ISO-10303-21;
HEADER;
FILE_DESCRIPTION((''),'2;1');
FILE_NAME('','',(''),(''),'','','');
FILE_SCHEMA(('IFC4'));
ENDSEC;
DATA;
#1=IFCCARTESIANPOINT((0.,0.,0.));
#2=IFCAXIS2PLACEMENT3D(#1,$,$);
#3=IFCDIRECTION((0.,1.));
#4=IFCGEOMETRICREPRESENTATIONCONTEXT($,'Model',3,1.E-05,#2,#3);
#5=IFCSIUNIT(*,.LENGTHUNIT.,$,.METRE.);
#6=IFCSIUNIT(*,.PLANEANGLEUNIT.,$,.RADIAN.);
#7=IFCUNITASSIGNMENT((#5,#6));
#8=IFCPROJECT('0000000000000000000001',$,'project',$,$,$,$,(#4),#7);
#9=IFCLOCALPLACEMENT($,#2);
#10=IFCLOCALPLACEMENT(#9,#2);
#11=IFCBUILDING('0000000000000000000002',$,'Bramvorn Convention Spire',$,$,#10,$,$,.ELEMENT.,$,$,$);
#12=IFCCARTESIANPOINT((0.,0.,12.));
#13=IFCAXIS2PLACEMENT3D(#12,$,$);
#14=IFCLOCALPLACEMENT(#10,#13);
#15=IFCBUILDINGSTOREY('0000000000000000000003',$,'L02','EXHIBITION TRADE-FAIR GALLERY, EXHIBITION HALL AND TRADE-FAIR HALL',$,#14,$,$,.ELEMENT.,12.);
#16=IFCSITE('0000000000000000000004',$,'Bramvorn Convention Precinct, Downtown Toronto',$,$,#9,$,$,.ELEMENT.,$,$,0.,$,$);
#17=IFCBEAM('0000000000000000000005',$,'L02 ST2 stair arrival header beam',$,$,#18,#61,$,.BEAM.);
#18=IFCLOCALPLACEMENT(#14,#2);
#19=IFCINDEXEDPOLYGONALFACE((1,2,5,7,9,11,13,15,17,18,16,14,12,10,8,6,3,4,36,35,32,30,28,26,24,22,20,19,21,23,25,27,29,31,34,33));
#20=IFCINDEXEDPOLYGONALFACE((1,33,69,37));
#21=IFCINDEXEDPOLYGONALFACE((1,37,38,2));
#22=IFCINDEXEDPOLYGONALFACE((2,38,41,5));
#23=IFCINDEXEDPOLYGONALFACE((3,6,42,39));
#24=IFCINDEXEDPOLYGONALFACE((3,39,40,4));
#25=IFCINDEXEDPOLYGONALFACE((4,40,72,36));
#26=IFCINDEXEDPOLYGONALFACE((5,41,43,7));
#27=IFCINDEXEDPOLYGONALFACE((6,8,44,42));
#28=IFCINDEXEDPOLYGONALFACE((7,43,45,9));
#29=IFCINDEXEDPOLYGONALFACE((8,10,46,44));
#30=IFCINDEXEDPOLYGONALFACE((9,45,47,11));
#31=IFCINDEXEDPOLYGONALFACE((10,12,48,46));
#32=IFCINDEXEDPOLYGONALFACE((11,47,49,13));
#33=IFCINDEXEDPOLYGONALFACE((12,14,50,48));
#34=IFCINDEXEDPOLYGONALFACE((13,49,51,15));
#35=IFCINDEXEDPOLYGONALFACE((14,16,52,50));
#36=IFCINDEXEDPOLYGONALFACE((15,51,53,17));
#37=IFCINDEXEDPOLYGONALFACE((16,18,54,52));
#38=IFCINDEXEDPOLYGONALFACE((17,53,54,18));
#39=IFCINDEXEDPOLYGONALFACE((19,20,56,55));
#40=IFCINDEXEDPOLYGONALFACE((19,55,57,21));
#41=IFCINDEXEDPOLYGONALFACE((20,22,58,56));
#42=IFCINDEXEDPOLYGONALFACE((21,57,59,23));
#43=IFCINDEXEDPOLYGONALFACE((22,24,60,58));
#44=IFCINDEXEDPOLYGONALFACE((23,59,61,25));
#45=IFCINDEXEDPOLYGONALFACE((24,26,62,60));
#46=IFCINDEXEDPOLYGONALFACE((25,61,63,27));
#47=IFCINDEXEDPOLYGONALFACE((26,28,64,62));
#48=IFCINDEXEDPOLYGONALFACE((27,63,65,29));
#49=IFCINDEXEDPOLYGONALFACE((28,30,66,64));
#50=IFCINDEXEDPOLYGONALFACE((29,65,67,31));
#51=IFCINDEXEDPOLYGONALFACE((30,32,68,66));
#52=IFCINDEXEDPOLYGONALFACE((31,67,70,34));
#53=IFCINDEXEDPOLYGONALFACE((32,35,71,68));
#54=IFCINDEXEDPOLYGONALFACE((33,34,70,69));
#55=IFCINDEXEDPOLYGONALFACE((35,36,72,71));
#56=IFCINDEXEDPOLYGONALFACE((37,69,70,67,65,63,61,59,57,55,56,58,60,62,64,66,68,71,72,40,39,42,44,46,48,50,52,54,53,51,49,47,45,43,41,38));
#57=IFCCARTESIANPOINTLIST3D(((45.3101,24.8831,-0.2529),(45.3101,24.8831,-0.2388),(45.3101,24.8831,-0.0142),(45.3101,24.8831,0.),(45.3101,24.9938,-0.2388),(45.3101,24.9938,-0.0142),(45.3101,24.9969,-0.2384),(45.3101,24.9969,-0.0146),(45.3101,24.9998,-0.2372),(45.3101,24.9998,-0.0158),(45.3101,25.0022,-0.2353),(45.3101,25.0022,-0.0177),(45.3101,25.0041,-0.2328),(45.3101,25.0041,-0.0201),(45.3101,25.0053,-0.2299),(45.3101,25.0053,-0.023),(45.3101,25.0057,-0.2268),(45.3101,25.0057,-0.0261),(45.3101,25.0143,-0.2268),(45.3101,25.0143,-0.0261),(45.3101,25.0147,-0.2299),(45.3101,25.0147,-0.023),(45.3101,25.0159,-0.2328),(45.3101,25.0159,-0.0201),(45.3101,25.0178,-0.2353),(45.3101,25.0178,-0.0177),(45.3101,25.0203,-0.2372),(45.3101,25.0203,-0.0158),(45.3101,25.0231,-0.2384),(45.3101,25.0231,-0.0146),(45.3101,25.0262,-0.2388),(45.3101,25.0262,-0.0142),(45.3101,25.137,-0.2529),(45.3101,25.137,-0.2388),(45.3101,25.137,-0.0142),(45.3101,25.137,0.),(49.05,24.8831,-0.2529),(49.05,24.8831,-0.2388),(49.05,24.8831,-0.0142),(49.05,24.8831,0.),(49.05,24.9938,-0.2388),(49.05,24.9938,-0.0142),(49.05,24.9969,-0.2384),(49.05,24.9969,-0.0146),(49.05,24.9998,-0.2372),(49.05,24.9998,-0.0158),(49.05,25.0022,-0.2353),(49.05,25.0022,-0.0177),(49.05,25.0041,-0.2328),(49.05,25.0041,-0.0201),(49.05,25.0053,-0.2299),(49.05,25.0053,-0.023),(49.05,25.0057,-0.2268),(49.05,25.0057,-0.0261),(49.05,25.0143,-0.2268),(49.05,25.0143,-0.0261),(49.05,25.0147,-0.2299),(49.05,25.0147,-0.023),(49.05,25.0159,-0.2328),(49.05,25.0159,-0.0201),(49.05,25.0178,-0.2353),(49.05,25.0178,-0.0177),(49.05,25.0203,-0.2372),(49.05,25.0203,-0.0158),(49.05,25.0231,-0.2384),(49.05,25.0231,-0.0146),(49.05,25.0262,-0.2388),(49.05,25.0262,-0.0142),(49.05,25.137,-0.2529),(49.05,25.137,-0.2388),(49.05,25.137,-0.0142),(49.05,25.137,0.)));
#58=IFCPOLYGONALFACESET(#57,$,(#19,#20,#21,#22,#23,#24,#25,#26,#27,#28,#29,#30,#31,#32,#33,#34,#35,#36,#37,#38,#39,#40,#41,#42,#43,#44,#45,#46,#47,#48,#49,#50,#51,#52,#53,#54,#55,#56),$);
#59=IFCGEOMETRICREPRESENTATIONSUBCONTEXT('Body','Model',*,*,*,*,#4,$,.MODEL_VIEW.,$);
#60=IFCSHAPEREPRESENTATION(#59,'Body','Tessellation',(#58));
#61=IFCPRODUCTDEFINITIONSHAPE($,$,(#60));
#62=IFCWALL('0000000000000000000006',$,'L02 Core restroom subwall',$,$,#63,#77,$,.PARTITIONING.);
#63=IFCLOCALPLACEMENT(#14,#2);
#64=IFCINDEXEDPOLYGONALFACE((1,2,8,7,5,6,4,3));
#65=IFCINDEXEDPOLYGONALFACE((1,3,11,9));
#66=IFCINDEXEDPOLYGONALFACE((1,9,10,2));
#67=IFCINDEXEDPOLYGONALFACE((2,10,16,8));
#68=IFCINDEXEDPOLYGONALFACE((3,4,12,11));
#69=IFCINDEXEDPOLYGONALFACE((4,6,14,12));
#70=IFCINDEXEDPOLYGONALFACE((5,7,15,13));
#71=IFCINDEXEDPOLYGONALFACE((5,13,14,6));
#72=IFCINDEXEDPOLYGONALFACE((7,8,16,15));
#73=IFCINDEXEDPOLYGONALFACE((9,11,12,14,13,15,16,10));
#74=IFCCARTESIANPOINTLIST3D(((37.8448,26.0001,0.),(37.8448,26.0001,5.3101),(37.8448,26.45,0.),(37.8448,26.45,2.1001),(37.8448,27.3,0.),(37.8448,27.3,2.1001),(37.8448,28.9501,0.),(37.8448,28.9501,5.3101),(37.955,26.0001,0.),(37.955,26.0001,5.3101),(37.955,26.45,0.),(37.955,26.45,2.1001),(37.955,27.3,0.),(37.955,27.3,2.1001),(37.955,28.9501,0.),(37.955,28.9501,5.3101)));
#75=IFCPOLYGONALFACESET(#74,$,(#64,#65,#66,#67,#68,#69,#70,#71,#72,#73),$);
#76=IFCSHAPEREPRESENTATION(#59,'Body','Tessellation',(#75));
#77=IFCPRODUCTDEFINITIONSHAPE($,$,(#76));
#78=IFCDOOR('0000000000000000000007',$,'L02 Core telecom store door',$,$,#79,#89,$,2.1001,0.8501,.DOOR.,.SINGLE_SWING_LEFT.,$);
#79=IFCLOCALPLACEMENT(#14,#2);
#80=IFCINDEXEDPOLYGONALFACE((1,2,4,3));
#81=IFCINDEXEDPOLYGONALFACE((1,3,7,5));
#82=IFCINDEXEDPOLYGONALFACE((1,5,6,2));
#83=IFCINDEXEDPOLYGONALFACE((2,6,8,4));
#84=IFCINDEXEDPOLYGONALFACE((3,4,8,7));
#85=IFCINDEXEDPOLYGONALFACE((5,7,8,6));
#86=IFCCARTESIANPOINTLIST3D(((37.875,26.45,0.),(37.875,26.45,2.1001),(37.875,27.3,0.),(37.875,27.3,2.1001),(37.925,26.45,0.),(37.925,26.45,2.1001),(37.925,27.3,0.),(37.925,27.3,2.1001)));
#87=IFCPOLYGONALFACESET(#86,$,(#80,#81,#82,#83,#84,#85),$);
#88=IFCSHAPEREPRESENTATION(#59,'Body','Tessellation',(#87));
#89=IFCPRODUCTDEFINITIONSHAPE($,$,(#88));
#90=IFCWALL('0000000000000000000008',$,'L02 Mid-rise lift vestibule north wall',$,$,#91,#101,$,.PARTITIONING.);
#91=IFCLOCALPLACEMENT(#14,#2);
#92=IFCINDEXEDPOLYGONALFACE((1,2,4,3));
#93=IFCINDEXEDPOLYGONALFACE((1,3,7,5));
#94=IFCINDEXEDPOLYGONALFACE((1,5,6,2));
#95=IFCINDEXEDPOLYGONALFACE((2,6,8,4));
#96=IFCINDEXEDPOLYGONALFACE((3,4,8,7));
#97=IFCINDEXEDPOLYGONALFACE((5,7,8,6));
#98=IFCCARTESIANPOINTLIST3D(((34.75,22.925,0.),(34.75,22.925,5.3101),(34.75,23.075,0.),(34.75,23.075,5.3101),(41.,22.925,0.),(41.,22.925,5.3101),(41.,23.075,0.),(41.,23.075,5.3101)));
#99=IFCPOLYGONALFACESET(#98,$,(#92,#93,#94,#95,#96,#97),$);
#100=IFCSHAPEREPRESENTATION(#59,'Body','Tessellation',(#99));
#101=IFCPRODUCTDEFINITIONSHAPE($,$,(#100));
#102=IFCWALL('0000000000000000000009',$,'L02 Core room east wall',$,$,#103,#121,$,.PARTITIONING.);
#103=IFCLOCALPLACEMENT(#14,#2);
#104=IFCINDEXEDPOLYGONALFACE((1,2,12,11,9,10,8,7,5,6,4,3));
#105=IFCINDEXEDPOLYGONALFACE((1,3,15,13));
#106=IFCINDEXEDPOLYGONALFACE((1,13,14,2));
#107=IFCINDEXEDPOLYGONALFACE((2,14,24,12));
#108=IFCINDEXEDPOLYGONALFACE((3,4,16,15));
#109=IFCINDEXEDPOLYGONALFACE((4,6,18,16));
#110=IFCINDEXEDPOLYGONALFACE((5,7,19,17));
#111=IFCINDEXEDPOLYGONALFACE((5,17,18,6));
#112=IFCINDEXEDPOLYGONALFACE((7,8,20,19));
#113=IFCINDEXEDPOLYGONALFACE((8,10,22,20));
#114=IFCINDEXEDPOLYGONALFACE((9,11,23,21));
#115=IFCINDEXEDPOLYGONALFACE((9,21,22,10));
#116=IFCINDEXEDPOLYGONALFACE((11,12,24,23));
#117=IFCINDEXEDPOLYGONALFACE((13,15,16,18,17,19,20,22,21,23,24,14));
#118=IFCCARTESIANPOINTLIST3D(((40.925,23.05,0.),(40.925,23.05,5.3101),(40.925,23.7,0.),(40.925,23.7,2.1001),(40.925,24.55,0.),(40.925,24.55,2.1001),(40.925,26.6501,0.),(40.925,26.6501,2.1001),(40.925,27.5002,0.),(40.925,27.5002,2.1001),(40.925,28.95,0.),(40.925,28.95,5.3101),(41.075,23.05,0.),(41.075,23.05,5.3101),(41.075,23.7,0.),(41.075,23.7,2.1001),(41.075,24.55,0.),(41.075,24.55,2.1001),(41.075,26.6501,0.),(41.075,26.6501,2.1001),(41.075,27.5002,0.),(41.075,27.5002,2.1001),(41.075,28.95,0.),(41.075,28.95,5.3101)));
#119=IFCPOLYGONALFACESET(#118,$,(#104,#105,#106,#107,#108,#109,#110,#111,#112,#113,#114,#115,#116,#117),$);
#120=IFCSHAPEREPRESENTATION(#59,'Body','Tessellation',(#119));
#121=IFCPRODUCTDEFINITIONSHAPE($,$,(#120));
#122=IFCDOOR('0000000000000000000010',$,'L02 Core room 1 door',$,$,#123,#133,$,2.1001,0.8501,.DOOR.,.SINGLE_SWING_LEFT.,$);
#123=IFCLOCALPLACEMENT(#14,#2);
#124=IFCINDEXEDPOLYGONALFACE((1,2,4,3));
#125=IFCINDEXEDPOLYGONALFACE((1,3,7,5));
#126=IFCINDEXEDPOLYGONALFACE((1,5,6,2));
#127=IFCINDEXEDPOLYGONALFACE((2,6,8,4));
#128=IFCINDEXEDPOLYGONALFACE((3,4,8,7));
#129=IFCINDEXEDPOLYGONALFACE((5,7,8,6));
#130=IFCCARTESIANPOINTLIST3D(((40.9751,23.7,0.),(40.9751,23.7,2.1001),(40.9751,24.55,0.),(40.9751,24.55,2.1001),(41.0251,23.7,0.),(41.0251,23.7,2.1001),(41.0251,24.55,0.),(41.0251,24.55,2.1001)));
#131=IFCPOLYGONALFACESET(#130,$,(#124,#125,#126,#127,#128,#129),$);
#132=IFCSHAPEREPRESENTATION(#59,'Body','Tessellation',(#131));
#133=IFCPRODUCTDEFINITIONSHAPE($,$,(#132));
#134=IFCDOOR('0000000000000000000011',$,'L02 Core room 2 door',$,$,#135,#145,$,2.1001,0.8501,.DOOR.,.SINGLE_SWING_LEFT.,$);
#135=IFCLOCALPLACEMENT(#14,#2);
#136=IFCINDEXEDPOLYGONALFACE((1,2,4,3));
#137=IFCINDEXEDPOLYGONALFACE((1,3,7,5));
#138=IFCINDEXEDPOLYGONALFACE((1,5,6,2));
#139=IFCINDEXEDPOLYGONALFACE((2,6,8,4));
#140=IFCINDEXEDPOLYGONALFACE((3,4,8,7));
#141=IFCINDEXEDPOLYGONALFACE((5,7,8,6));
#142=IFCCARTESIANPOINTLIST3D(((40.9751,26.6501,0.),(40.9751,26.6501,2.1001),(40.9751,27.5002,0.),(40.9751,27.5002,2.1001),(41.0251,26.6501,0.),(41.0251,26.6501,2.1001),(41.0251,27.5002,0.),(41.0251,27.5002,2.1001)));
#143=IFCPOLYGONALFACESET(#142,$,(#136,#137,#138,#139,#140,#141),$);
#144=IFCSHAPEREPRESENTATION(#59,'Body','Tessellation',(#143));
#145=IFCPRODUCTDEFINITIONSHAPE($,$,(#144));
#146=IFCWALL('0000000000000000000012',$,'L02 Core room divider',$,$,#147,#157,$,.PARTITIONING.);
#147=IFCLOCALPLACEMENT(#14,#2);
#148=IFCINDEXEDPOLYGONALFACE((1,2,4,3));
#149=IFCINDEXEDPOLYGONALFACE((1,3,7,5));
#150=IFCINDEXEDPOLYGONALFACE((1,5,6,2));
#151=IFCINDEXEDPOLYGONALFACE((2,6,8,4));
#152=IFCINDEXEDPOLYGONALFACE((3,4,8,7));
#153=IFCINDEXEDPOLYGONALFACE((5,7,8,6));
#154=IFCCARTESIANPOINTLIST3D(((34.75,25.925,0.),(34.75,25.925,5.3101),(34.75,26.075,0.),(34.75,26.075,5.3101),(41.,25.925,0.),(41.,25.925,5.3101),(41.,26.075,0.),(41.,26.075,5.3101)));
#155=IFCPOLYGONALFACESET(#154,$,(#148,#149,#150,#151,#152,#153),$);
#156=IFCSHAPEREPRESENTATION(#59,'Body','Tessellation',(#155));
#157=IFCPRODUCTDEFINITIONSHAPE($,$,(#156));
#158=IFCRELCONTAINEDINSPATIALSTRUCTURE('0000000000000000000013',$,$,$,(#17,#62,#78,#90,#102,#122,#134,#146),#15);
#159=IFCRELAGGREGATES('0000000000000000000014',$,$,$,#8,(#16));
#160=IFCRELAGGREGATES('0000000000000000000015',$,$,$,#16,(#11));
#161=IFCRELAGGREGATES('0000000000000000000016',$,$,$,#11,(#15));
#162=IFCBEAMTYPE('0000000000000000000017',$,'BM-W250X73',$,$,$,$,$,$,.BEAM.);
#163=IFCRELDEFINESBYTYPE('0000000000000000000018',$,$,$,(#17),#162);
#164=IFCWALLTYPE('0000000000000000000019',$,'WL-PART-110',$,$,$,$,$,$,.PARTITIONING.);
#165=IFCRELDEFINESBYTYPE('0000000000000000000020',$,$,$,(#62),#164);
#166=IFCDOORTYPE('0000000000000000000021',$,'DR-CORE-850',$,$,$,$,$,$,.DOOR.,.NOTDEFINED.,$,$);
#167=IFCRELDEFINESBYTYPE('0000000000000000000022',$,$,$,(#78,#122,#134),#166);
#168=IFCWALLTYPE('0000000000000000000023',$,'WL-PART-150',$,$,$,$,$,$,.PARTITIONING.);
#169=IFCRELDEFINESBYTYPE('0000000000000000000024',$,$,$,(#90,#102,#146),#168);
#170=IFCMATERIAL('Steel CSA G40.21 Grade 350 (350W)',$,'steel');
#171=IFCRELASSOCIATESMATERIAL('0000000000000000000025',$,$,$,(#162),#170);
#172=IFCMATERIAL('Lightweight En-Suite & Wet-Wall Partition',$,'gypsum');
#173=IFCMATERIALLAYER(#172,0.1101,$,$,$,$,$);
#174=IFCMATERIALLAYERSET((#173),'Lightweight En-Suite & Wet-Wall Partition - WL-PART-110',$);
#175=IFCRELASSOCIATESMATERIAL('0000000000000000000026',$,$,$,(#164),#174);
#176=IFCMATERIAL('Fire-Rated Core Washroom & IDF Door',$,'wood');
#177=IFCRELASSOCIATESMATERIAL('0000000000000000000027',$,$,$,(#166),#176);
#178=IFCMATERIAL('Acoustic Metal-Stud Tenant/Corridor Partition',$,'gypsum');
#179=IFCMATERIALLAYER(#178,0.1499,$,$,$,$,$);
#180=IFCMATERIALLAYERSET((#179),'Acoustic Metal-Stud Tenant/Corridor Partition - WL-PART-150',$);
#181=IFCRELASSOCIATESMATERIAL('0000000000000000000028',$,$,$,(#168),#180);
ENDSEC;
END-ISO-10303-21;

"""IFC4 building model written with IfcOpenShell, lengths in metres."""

from ifc_helpers import new_model, si_unit, direction, frame, frame_2d, origin, origin_2d, place, context, subcontext, project, spatial, rectangle, i_section, extrude, material, layer, layer_set, material_profile, profile_set, type_object, element, fill, save


model = new_model("IFC4")

# Units and contexts
model_context = context("Model", 3, precision=1e-05, world=origin(), true_north=direction((0.0, 1.0)))
body_context = subcontext(model_context, "Body", "Model", "MODEL_VIEW")
ifc_project = project(units=[si_unit("LENGTHUNIT", "METRE"), si_unit("PLANEANGLEUNIT", "RADIAN")], contexts=[model_context])

# Site, building, storey
site_placement = place(None, origin())
site = spatial("IfcSite", under=ifc_project, at=site_placement, Name="Bramvorn Convention Precinct, Downtown Toronto", CompositionType="ELEMENT", RefElevation=0.0)
building_placement = place(site_placement, origin())
building = spatial("IfcBuilding", under=site, at=building_placement, Name="Bramvorn Convention Spire", CompositionType="ELEMENT")
storey_placement = place(building_placement, frame((0.0, 0.0, 12.0)))
storey = spatial("IfcBuildingStorey", under=building, at=storey_placement, Name="L02", Description="EXHIBITION TRADE-FAIR GALLERY, EXHIBITION HALL AND TRADE-FAIR HALL", CompositionType="ELEMENT", Elevation=12.0)

# Beam
ifc_material_1 = material(Name="Steel CSA G40.21 Grade 350 (350W)", Category="steel")
ifc_material_profile = material_profile(ifc_material_1, i_section(OverallWidth=0.2539, OverallDepth=0.2529, WebThickness=0.0085, FlangeThickness=0.0142, FilletRadius=0.012, at=origin_2d()))
ifc_profile_set = profile_set([ifc_material_profile], Name="Steel CSA G40.21 Grade 350 (350W) - W250X73")
beam_type = type_object("IfcBeamType", Name="BM-W250X73", PredefinedType="BEAM", material=ifc_profile_set)
beam_placement = place(storey_placement, frame((45.3101, 25.01, -0.1265), z_axis=(1.0, 0.0, 0.0), x_axis=(0.0, 1.0, 0.0)))
element("IfcBeam", 1, at=beam_placement, inside=storey, type_object=beam_type, Name="L02 ST2 stair arrival header beam", PredefinedType="BEAM", context=body_context, shape_type="SweptSolid", body=[
    extrude(i_section(OverallWidth=0.2539, OverallDepth=0.2529, WebThickness=0.0085, FlangeThickness=0.0142, FilletRadius=0.012, at=origin_2d()), origin(), (0.0, 0.0, 1.0), 3.74),
])

# Wall, opening, door
ifc_material_2 = material(Name="Lightweight En-Suite & Wet-Wall Partition", Category="gypsum")
ifc_layer_1 = layer(ifc_material_2, 0.1101)
ifc_layer_set_1 = layer_set([ifc_layer_1], Name="Lightweight En-Suite & Wet-Wall Partition - WL-PART-110")
wall_type_1 = type_object("IfcWallType", Name="WL-PART-110", PredefinedType="PARTITIONING", material=ifc_layer_set_1)
wall_1_placement = place(storey_placement, frame((37.8999, 26.0, 0.0), z_axis=(0.0, 0.0, 1.0), x_axis=(0.0, 1.0, 0.0)))
wall_1 = element("IfcWall", 2, at=wall_1_placement, inside=storey, type_object=wall_type_1, Name="L02 Core restroom subwall", PredefinedType="PARTITIONING", context=body_context, shape_type="SweptSolid", body=[
    extrude(rectangle(XDim=2.95, YDim=0.1101, at=frame_2d((1.4751, 0.0))), origin(), (0.0, 0.0, 1.0), 5.3101),
])
opening_1_placement = place(wall_1_placement, frame((0.45, 0.0, 0.0)))
opening_1 = element("IfcOpeningElement", 3, at=opening_1_placement, cuts=wall_1, PredefinedType="OPENING", context=body_context, shape_type="SweptSolid", body=[
    extrude(rectangle(XDim=0.8501, YDim=2.1001, at=frame_2d((0.425, 1.05))), frame((0.0, 0.0649, 0.0), z_axis=(0.0, -1.0, 0.0), x_axis=(1.0, 0.0, 0.0)), (0.0, 0.0, 1.0), 0.1301),
])
ifc_material_3 = material(Name="Fire-Rated Core Washroom & IDF Door", Category="wood")
door_type = type_object("IfcDoorType", Name="DR-CORE-850", OperationType="NOTDEFINED", PredefinedType="DOOR", material=ifc_material_3)
door_1_placement = place(opening_1_placement, origin())
door_1 = element("IfcDoor", 4, at=door_1_placement, inside=storey, type_object=door_type, Name="L02 Core telecom store door", OperationType="SINGLE_SWING_LEFT", OverallHeight=2.1001, OverallWidth=0.8501, PredefinedType="DOOR", context=body_context, shape_type="SweptSolid", body=[
    extrude(rectangle(XDim=0.8501, YDim=2.1001, at=frame_2d((0.425, 1.05))), frame((0.0, 0.0249, 0.0), z_axis=(0.0, -1.0, 0.0), x_axis=(1.0, 0.0, 0.0)), (0.0, 0.0, 1.0), 0.05),
])
fill(opening_1, door_1)

# Wall
ifc_material_4 = material(Name="Acoustic Metal-Stud Tenant/Corridor Partition", Category="gypsum")
ifc_layer_2 = layer(ifc_material_4, 0.1499)
ifc_layer_set_2 = layer_set([ifc_layer_2], Name="Acoustic Metal-Stud Tenant/Corridor Partition - WL-PART-150")
wall_type_2 = type_object("IfcWallType", Name="WL-PART-150", PredefinedType="PARTITIONING", material=ifc_layer_set_2)
wall_2_placement = place(storey_placement, frame((34.75, 23.0, 0.0), z_axis=(0.0, 0.0, 1.0), x_axis=(1.0, 0.0, 0.0)))
element("IfcWall", 5, at=wall_2_placement, inside=storey, type_object=wall_type_2, Name="L02 Mid-rise lift vestibule north wall", PredefinedType="PARTITIONING", context=body_context, shape_type="SweptSolid", body=[
    extrude(rectangle(XDim=6.25, YDim=0.1499, at=frame_2d((3.125, 0.0))), origin(), (0.0, 0.0, 1.0), 5.3101),
])

# Wall, openings, doors
wall_3_placement = place(storey_placement, frame((41.0, 23.05, 0.0), z_axis=(0.0, 0.0, 1.0), x_axis=(0.0, 1.0, 0.0)))
wall_3 = element("IfcWall", 6, at=wall_3_placement, inside=storey, type_object=wall_type_2, Name="L02 Core room east wall", PredefinedType="PARTITIONING", context=body_context, shape_type="SweptSolid", body=[
    extrude(rectangle(XDim=5.8999, YDim=0.1499, at=frame_2d((2.95, 0.0))), origin(), (0.0, 0.0, 1.0), 5.3101),
])
opening_2_placement = place(wall_3_placement, frame((0.6499, 0.0, 0.0)))
opening_2 = element("IfcOpeningElement", 7, at=opening_2_placement, cuts=wall_3, PredefinedType="OPENING", context=body_context, shape_type="SweptSolid", body=[
    extrude(rectangle(XDim=0.8501, YDim=2.1001, at=frame_2d((0.425, 1.05))), frame((0.0, 0.085, 0.0), z_axis=(0.0, -1.0, 0.0), x_axis=(1.0, 0.0, 0.0)), (0.0, 0.0, 1.0), 0.1699),
])
opening_3_placement = place(wall_3_placement, frame((3.6001, 0.0, 0.0)))
opening_3 = element("IfcOpeningElement", 8, at=opening_3_placement, cuts=wall_3, PredefinedType="OPENING", context=body_context, shape_type="SweptSolid", body=[
    extrude(rectangle(XDim=0.8501, YDim=2.1001, at=frame_2d((0.425, 1.05))), frame((0.0, 0.085, 0.0), z_axis=(0.0, -1.0, 0.0), x_axis=(1.0, 0.0, 0.0)), (0.0, 0.0, 1.0), 0.1699),
])
door_2_placement = place(opening_2_placement, origin())
door_2 = element("IfcDoor", 9, at=door_2_placement, inside=storey, type_object=door_type, Name="L02 Core room 1 door", OperationType="SINGLE_SWING_LEFT", OverallHeight=2.1001, OverallWidth=0.8501, PredefinedType="DOOR", context=body_context, shape_type="SweptSolid", body=[
    extrude(rectangle(XDim=0.8501, YDim=2.1001, at=frame_2d((0.425, 1.05))), frame((0.0, 0.0249, 0.0), z_axis=(0.0, -1.0, 0.0), x_axis=(1.0, 0.0, 0.0)), (0.0, 0.0, 1.0), 0.05),
])
fill(opening_2, door_2)
door_3_placement = place(opening_3_placement, origin())
door_3 = element("IfcDoor", 10, at=door_3_placement, inside=storey, type_object=door_type, Name="L02 Core room 2 door", OperationType="SINGLE_SWING_LEFT", OverallHeight=2.1001, OverallWidth=0.8501, PredefinedType="DOOR", context=body_context, shape_type="SweptSolid", body=[
    extrude(rectangle(XDim=0.8501, YDim=2.1001, at=frame_2d((0.425, 1.05))), frame((0.0, 0.0249, 0.0), z_axis=(0.0, -1.0, 0.0), x_axis=(1.0, 0.0, 0.0)), (0.0, 0.0, 1.0), 0.05),
])
fill(opening_3, door_3)

# Wall
wall_4_placement = place(storey_placement, frame((34.75, 26.0, 0.0), z_axis=(0.0, 0.0, 1.0), x_axis=(1.0, 0.0, 0.0)))
element("IfcWall", 11, at=wall_4_placement, inside=storey, type_object=wall_type_2, Name="L02 Core room divider", PredefinedType="PARTITIONING", context=body_context, shape_type="SweptSolid", body=[
    extrude(rectangle(XDim=6.25, YDim=0.1499, at=frame_2d((3.125, 0.0))), origin(), (0.0, 0.0, 1.0), 5.3101),
])

save(model, "model.ifc")
